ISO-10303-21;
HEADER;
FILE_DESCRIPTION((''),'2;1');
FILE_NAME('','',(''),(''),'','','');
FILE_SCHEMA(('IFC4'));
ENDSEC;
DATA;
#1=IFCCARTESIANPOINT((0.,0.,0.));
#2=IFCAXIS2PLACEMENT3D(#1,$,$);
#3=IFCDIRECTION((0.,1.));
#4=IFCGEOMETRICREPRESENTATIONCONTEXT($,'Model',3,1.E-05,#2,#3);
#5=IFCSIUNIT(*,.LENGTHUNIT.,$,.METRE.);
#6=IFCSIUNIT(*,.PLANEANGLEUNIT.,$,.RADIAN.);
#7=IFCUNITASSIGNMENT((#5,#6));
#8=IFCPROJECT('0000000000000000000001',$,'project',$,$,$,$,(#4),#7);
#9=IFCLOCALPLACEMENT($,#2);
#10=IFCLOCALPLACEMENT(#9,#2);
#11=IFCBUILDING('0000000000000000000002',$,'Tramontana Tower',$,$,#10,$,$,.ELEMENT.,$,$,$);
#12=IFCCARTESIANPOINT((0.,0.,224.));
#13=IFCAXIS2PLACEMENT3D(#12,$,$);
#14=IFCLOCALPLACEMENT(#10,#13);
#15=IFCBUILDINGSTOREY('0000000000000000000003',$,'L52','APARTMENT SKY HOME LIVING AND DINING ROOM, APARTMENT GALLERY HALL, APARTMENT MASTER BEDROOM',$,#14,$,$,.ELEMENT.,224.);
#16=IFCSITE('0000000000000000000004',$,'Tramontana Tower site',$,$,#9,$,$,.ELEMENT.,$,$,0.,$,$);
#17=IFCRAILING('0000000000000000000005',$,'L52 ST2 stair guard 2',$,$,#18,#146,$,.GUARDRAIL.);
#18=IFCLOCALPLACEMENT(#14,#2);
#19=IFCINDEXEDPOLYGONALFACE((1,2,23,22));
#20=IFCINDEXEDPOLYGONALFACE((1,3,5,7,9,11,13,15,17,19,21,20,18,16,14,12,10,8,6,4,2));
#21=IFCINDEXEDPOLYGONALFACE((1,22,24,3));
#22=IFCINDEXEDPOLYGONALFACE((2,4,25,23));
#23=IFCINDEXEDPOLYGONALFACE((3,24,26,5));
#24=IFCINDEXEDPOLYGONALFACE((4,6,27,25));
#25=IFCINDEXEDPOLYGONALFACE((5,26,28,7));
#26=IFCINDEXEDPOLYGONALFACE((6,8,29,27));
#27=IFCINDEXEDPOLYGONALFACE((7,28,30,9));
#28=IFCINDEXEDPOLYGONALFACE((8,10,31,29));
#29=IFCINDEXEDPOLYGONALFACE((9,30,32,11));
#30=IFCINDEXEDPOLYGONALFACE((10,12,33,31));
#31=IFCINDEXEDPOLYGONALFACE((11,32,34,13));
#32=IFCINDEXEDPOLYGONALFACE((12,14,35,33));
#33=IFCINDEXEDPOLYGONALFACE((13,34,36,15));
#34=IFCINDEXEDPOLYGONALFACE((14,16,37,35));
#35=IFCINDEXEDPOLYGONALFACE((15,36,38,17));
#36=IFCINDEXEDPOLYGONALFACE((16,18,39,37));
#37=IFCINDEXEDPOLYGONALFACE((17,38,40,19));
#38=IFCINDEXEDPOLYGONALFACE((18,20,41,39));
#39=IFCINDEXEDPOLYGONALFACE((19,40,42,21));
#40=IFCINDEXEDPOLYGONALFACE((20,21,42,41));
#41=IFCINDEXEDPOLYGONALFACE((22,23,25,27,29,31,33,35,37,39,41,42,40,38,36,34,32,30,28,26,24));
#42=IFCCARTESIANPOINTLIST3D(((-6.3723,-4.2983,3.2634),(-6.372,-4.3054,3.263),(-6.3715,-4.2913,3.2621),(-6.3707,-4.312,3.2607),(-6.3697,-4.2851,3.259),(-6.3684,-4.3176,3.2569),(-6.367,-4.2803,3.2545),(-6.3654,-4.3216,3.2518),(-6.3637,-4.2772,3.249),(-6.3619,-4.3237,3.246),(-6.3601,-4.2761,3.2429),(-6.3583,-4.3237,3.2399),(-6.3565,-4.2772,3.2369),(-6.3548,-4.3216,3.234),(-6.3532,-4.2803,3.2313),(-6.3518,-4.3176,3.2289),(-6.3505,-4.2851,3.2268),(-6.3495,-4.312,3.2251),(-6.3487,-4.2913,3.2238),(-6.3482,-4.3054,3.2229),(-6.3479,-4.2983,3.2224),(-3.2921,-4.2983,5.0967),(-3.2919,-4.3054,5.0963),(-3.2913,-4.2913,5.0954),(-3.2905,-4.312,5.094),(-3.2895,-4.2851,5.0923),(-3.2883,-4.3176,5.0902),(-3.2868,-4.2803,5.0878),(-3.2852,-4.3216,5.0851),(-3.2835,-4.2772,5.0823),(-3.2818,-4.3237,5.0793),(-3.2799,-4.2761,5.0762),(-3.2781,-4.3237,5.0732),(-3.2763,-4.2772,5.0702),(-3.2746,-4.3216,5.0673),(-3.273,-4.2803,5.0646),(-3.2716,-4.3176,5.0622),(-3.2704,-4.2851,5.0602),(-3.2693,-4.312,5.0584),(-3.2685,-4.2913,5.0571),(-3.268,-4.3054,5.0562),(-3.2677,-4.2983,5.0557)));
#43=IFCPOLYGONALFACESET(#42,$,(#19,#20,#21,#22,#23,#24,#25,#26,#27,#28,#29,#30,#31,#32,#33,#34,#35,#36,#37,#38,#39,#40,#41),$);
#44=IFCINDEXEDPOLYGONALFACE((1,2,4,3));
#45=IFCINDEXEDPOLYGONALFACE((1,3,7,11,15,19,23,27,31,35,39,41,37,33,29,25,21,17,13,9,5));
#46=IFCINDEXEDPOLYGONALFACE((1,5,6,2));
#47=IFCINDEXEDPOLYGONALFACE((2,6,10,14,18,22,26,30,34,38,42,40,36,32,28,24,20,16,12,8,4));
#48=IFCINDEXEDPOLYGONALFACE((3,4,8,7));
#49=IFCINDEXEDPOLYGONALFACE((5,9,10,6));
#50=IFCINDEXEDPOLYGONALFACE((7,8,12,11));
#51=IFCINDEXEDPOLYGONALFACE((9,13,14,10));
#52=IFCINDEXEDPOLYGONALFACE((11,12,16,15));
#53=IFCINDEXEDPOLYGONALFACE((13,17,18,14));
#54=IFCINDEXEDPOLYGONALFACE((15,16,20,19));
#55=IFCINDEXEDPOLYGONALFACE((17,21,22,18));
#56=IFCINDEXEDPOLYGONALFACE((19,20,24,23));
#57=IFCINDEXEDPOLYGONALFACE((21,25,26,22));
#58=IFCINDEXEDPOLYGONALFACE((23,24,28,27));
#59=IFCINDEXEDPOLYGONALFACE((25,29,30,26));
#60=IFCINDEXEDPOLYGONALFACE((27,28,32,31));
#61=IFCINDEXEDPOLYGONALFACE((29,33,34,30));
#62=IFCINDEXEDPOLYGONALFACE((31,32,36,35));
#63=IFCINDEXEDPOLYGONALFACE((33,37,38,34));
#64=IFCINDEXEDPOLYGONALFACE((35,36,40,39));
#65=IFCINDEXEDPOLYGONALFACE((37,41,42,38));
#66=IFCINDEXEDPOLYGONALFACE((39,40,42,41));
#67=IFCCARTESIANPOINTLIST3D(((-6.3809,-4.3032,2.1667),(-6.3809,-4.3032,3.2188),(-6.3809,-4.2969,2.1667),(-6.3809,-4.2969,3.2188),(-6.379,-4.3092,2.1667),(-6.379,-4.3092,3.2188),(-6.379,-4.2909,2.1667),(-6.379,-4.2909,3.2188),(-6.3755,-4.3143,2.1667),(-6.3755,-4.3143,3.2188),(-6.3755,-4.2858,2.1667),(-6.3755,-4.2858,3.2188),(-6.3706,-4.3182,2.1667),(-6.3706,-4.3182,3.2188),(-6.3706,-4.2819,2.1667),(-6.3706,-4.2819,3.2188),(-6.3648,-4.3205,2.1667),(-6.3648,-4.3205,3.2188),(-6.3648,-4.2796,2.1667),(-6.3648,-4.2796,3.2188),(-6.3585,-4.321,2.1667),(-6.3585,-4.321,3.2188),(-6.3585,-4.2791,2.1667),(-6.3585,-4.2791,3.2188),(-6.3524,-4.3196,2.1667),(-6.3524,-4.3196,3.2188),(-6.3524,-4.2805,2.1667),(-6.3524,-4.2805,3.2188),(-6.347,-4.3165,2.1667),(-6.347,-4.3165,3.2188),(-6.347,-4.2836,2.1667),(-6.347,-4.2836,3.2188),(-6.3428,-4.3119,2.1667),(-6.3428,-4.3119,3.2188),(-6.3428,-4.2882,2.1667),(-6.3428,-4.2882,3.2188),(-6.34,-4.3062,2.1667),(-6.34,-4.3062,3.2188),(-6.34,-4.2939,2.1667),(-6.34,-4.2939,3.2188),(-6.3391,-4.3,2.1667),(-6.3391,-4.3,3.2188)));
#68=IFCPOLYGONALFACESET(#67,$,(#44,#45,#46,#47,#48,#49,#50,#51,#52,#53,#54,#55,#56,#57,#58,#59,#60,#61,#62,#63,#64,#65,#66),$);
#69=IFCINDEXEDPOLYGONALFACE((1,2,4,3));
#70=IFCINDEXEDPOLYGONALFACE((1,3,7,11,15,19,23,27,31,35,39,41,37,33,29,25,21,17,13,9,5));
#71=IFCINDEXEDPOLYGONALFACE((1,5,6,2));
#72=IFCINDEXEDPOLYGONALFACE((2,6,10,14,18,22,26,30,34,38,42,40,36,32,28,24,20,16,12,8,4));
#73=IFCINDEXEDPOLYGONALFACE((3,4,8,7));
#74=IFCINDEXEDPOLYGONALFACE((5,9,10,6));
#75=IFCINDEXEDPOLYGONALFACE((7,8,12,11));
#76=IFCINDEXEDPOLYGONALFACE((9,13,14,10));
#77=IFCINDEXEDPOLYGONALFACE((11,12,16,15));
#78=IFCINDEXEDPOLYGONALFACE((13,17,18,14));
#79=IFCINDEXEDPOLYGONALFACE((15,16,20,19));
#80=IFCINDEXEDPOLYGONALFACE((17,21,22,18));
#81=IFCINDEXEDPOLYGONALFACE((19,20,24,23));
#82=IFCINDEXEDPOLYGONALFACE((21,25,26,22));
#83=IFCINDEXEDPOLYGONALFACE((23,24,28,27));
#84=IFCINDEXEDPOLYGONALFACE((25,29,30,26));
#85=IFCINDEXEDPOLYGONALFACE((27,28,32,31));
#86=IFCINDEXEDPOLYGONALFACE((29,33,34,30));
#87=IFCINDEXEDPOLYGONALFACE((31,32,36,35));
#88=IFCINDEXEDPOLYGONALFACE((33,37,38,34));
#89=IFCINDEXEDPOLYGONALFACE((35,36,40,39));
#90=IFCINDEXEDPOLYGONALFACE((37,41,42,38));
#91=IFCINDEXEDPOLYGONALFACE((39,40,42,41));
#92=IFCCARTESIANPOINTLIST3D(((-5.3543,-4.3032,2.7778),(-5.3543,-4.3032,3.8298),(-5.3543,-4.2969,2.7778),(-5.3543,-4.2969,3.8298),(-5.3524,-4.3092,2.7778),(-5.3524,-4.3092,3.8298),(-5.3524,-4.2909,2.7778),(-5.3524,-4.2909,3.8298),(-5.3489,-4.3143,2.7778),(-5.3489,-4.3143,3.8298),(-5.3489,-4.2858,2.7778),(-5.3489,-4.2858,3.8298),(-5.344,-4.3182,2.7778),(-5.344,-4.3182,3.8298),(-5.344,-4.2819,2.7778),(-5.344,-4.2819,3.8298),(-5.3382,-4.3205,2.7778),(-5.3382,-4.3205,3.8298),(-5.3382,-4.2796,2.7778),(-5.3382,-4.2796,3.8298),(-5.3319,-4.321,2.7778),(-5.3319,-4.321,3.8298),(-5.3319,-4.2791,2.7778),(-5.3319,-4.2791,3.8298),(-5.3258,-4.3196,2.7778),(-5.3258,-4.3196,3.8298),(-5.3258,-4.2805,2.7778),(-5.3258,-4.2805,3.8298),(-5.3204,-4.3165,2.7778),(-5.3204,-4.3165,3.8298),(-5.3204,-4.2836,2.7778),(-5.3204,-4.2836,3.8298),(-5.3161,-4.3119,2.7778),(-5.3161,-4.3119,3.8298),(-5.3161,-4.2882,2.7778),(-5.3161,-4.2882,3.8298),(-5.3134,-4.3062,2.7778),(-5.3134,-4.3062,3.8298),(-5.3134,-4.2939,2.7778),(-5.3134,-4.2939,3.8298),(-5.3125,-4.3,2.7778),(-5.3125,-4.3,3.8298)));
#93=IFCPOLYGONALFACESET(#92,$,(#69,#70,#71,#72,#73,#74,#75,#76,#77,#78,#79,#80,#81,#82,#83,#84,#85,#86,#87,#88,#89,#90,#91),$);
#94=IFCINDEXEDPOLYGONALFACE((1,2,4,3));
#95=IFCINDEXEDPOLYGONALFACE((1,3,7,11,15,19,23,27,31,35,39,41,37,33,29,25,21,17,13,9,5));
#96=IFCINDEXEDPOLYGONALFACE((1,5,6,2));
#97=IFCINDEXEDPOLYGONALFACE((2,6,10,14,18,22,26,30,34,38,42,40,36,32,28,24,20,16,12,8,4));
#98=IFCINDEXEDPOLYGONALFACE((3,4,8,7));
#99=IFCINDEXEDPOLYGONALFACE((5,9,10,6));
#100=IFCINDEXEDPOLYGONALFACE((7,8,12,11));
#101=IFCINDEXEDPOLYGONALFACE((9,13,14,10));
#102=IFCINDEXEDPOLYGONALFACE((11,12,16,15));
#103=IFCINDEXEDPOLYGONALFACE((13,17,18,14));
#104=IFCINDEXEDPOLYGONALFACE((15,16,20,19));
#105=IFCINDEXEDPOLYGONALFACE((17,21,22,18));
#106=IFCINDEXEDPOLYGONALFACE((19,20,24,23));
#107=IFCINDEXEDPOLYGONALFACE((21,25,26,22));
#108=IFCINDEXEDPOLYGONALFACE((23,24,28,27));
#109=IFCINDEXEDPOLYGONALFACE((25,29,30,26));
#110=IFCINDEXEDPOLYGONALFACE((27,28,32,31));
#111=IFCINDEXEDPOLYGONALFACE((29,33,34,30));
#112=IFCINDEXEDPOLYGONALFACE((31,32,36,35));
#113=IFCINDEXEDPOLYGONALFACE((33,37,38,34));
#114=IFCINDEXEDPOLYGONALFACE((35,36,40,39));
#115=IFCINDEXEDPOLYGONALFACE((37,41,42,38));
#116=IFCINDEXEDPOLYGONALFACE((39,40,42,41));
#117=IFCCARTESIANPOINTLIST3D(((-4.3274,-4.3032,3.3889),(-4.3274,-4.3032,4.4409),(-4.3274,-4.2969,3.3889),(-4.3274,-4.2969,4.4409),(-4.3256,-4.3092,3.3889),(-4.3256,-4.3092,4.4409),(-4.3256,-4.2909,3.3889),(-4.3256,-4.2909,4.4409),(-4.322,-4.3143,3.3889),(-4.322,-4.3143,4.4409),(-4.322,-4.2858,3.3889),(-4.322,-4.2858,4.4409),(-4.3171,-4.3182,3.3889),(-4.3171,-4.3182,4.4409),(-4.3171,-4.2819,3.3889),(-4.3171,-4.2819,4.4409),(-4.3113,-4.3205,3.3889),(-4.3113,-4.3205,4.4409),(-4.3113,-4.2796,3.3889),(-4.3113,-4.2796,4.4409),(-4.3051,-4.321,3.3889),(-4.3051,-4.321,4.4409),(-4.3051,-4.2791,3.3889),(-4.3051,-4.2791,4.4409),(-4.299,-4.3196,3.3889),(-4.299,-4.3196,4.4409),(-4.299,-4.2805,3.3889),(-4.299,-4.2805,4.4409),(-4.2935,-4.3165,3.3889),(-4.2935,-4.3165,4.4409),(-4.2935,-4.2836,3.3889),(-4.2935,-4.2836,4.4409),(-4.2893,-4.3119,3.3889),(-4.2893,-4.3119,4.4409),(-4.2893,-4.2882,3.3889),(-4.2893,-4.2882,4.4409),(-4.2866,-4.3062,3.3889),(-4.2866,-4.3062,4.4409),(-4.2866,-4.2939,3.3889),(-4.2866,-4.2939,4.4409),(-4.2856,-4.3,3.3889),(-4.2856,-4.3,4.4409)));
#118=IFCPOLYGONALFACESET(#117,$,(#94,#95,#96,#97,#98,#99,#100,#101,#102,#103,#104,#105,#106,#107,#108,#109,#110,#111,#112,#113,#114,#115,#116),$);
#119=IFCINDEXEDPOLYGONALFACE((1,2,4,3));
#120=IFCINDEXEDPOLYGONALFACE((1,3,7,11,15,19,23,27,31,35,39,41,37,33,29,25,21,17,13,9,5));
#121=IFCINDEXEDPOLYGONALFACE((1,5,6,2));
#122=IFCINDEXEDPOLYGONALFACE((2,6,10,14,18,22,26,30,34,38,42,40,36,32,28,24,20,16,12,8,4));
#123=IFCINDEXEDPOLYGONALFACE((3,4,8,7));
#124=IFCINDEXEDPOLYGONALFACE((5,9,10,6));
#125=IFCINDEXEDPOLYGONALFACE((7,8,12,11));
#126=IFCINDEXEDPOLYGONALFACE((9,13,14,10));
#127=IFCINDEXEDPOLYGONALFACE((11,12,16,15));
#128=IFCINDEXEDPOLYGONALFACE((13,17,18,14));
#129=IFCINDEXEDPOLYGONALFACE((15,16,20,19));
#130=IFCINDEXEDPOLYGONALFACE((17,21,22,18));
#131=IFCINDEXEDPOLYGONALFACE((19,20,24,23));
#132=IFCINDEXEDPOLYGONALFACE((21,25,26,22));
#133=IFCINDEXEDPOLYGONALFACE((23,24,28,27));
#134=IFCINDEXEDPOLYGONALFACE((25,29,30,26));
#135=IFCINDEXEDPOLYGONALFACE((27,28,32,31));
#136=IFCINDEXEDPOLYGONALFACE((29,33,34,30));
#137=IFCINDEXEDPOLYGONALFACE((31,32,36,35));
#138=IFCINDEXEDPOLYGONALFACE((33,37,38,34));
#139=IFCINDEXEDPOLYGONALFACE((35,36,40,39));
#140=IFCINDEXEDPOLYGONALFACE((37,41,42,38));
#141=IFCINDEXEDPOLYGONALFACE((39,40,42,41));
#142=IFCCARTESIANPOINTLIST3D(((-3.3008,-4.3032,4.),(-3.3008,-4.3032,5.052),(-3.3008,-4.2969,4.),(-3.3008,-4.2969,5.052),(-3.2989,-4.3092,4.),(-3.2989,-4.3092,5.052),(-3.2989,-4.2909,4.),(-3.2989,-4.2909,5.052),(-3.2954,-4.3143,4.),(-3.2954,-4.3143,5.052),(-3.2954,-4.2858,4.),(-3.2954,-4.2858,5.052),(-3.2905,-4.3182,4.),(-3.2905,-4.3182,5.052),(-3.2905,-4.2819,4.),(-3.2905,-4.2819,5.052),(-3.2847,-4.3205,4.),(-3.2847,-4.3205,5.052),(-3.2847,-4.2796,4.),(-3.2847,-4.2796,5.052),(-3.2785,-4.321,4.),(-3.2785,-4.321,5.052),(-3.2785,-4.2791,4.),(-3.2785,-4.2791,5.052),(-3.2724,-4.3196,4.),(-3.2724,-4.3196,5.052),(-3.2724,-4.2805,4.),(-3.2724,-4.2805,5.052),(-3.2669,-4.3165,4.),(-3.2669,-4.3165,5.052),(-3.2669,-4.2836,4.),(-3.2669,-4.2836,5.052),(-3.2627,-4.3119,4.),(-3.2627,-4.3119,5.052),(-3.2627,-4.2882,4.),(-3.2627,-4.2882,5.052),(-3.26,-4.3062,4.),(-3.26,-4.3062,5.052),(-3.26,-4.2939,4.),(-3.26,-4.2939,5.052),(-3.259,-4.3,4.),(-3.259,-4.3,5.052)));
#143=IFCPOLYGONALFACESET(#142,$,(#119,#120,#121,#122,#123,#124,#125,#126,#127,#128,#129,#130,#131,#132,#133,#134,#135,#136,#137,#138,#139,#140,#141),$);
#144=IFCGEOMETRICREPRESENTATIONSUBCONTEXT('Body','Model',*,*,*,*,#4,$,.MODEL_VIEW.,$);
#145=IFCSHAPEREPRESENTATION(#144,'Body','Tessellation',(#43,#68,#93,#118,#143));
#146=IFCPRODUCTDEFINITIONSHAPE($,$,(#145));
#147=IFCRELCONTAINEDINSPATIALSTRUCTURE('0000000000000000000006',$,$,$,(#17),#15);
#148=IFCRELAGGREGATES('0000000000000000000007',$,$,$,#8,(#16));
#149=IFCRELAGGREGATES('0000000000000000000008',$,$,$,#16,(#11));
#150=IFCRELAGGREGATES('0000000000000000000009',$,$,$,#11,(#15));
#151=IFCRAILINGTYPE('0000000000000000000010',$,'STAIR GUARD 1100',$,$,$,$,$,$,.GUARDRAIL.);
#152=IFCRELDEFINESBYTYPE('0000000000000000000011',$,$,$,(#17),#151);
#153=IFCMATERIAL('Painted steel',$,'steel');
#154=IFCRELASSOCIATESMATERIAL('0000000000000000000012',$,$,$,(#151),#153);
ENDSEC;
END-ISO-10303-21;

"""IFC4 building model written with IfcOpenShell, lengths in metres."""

from ifc_helpers import new_model, si_unit, direction, frame, origin, origin_2d, place, context, subcontext, project, spatial, circle, extrude, material, type_object, element, save


model = new_model("IFC4")

# Units and contexts
model_context = context("Model", 3, precision=1e-05, world=origin(), true_north=direction((0.0, 1.0)))
body_context = subcontext(model_context, "Body", "Model", "MODEL_VIEW")
ifc_project = project(units=[si_unit("LENGTHUNIT", "METRE"), si_unit("PLANEANGLEUNIT", "RADIAN")], contexts=[model_context])

# Site, building, storey
site_placement = place(None, origin())
site = spatial("IfcSite", under=ifc_project, at=site_placement, Name="Tramontana Tower site", CompositionType="ELEMENT", RefElevation=0.0)
building_placement = place(site_placement, origin())
building = spatial("IfcBuilding", under=site, at=building_placement, Name="Tramontana Tower", CompositionType="ELEMENT")
storey_placement = place(building_placement, frame((0.0, 0.0, 224.0)))
storey = spatial("IfcBuildingStorey", under=building, at=storey_placement, Name="L52", Description="APARTMENT SKY HOME LIVING AND DINING ROOM, APARTMENT GALLERY HALL, APARTMENT MASTER BEDROOM", CompositionType="ELEMENT", Elevation=224.0)

# Railing
ifc_material_1 = material(Name="Painted steel", Category="steel")
railing_type_1 = type_object("IfcRailingType", Name="STAIR GUARD 1100", PredefinedType="GUARDRAIL", material=ifc_material_1)
railing_1_placement = place(storey_placement, frame((-6.3601, -4.3, 2.1667)))
element("IfcRailing", 1, at=railing_1_placement, inside=storey, type_object=railing_type_1, Name="L52 ST2 stair guard 2", PredefinedType="GUARDRAIL", context=body_context, shape_type="SweptSolid", body=[
    extrude(circle(Radius=0.0239, at=origin_2d()), frame((0.0, 0.0, 1.0762), z_axis=(0.859309, 0.0, 0.511458), x_axis=(0.0, 1.0, 0.0)), (0.0, 0.0, 1.0), 3.5845),
    extrude(circle(Radius=0.021, at=origin_2d()), origin(), (0.0, 0.0, 1.0), 1.052),
    extrude(circle(Radius=0.021, at=origin_2d()), frame((1.0266, 0.0, 0.6111)), (0.0, 0.0, 1.0), 1.052),
    extrude(circle(Radius=0.021, at=origin_2d()), frame((2.0535, 0.0, 1.2222)), (0.0, 0.0, 1.0), 1.052),
    extrude(circle(Radius=0.021, at=origin_2d()), frame((3.0801, 0.0, 1.8333)), (0.0, 0.0, 1.0), 1.052),
])

save(model, "model.ifc")
